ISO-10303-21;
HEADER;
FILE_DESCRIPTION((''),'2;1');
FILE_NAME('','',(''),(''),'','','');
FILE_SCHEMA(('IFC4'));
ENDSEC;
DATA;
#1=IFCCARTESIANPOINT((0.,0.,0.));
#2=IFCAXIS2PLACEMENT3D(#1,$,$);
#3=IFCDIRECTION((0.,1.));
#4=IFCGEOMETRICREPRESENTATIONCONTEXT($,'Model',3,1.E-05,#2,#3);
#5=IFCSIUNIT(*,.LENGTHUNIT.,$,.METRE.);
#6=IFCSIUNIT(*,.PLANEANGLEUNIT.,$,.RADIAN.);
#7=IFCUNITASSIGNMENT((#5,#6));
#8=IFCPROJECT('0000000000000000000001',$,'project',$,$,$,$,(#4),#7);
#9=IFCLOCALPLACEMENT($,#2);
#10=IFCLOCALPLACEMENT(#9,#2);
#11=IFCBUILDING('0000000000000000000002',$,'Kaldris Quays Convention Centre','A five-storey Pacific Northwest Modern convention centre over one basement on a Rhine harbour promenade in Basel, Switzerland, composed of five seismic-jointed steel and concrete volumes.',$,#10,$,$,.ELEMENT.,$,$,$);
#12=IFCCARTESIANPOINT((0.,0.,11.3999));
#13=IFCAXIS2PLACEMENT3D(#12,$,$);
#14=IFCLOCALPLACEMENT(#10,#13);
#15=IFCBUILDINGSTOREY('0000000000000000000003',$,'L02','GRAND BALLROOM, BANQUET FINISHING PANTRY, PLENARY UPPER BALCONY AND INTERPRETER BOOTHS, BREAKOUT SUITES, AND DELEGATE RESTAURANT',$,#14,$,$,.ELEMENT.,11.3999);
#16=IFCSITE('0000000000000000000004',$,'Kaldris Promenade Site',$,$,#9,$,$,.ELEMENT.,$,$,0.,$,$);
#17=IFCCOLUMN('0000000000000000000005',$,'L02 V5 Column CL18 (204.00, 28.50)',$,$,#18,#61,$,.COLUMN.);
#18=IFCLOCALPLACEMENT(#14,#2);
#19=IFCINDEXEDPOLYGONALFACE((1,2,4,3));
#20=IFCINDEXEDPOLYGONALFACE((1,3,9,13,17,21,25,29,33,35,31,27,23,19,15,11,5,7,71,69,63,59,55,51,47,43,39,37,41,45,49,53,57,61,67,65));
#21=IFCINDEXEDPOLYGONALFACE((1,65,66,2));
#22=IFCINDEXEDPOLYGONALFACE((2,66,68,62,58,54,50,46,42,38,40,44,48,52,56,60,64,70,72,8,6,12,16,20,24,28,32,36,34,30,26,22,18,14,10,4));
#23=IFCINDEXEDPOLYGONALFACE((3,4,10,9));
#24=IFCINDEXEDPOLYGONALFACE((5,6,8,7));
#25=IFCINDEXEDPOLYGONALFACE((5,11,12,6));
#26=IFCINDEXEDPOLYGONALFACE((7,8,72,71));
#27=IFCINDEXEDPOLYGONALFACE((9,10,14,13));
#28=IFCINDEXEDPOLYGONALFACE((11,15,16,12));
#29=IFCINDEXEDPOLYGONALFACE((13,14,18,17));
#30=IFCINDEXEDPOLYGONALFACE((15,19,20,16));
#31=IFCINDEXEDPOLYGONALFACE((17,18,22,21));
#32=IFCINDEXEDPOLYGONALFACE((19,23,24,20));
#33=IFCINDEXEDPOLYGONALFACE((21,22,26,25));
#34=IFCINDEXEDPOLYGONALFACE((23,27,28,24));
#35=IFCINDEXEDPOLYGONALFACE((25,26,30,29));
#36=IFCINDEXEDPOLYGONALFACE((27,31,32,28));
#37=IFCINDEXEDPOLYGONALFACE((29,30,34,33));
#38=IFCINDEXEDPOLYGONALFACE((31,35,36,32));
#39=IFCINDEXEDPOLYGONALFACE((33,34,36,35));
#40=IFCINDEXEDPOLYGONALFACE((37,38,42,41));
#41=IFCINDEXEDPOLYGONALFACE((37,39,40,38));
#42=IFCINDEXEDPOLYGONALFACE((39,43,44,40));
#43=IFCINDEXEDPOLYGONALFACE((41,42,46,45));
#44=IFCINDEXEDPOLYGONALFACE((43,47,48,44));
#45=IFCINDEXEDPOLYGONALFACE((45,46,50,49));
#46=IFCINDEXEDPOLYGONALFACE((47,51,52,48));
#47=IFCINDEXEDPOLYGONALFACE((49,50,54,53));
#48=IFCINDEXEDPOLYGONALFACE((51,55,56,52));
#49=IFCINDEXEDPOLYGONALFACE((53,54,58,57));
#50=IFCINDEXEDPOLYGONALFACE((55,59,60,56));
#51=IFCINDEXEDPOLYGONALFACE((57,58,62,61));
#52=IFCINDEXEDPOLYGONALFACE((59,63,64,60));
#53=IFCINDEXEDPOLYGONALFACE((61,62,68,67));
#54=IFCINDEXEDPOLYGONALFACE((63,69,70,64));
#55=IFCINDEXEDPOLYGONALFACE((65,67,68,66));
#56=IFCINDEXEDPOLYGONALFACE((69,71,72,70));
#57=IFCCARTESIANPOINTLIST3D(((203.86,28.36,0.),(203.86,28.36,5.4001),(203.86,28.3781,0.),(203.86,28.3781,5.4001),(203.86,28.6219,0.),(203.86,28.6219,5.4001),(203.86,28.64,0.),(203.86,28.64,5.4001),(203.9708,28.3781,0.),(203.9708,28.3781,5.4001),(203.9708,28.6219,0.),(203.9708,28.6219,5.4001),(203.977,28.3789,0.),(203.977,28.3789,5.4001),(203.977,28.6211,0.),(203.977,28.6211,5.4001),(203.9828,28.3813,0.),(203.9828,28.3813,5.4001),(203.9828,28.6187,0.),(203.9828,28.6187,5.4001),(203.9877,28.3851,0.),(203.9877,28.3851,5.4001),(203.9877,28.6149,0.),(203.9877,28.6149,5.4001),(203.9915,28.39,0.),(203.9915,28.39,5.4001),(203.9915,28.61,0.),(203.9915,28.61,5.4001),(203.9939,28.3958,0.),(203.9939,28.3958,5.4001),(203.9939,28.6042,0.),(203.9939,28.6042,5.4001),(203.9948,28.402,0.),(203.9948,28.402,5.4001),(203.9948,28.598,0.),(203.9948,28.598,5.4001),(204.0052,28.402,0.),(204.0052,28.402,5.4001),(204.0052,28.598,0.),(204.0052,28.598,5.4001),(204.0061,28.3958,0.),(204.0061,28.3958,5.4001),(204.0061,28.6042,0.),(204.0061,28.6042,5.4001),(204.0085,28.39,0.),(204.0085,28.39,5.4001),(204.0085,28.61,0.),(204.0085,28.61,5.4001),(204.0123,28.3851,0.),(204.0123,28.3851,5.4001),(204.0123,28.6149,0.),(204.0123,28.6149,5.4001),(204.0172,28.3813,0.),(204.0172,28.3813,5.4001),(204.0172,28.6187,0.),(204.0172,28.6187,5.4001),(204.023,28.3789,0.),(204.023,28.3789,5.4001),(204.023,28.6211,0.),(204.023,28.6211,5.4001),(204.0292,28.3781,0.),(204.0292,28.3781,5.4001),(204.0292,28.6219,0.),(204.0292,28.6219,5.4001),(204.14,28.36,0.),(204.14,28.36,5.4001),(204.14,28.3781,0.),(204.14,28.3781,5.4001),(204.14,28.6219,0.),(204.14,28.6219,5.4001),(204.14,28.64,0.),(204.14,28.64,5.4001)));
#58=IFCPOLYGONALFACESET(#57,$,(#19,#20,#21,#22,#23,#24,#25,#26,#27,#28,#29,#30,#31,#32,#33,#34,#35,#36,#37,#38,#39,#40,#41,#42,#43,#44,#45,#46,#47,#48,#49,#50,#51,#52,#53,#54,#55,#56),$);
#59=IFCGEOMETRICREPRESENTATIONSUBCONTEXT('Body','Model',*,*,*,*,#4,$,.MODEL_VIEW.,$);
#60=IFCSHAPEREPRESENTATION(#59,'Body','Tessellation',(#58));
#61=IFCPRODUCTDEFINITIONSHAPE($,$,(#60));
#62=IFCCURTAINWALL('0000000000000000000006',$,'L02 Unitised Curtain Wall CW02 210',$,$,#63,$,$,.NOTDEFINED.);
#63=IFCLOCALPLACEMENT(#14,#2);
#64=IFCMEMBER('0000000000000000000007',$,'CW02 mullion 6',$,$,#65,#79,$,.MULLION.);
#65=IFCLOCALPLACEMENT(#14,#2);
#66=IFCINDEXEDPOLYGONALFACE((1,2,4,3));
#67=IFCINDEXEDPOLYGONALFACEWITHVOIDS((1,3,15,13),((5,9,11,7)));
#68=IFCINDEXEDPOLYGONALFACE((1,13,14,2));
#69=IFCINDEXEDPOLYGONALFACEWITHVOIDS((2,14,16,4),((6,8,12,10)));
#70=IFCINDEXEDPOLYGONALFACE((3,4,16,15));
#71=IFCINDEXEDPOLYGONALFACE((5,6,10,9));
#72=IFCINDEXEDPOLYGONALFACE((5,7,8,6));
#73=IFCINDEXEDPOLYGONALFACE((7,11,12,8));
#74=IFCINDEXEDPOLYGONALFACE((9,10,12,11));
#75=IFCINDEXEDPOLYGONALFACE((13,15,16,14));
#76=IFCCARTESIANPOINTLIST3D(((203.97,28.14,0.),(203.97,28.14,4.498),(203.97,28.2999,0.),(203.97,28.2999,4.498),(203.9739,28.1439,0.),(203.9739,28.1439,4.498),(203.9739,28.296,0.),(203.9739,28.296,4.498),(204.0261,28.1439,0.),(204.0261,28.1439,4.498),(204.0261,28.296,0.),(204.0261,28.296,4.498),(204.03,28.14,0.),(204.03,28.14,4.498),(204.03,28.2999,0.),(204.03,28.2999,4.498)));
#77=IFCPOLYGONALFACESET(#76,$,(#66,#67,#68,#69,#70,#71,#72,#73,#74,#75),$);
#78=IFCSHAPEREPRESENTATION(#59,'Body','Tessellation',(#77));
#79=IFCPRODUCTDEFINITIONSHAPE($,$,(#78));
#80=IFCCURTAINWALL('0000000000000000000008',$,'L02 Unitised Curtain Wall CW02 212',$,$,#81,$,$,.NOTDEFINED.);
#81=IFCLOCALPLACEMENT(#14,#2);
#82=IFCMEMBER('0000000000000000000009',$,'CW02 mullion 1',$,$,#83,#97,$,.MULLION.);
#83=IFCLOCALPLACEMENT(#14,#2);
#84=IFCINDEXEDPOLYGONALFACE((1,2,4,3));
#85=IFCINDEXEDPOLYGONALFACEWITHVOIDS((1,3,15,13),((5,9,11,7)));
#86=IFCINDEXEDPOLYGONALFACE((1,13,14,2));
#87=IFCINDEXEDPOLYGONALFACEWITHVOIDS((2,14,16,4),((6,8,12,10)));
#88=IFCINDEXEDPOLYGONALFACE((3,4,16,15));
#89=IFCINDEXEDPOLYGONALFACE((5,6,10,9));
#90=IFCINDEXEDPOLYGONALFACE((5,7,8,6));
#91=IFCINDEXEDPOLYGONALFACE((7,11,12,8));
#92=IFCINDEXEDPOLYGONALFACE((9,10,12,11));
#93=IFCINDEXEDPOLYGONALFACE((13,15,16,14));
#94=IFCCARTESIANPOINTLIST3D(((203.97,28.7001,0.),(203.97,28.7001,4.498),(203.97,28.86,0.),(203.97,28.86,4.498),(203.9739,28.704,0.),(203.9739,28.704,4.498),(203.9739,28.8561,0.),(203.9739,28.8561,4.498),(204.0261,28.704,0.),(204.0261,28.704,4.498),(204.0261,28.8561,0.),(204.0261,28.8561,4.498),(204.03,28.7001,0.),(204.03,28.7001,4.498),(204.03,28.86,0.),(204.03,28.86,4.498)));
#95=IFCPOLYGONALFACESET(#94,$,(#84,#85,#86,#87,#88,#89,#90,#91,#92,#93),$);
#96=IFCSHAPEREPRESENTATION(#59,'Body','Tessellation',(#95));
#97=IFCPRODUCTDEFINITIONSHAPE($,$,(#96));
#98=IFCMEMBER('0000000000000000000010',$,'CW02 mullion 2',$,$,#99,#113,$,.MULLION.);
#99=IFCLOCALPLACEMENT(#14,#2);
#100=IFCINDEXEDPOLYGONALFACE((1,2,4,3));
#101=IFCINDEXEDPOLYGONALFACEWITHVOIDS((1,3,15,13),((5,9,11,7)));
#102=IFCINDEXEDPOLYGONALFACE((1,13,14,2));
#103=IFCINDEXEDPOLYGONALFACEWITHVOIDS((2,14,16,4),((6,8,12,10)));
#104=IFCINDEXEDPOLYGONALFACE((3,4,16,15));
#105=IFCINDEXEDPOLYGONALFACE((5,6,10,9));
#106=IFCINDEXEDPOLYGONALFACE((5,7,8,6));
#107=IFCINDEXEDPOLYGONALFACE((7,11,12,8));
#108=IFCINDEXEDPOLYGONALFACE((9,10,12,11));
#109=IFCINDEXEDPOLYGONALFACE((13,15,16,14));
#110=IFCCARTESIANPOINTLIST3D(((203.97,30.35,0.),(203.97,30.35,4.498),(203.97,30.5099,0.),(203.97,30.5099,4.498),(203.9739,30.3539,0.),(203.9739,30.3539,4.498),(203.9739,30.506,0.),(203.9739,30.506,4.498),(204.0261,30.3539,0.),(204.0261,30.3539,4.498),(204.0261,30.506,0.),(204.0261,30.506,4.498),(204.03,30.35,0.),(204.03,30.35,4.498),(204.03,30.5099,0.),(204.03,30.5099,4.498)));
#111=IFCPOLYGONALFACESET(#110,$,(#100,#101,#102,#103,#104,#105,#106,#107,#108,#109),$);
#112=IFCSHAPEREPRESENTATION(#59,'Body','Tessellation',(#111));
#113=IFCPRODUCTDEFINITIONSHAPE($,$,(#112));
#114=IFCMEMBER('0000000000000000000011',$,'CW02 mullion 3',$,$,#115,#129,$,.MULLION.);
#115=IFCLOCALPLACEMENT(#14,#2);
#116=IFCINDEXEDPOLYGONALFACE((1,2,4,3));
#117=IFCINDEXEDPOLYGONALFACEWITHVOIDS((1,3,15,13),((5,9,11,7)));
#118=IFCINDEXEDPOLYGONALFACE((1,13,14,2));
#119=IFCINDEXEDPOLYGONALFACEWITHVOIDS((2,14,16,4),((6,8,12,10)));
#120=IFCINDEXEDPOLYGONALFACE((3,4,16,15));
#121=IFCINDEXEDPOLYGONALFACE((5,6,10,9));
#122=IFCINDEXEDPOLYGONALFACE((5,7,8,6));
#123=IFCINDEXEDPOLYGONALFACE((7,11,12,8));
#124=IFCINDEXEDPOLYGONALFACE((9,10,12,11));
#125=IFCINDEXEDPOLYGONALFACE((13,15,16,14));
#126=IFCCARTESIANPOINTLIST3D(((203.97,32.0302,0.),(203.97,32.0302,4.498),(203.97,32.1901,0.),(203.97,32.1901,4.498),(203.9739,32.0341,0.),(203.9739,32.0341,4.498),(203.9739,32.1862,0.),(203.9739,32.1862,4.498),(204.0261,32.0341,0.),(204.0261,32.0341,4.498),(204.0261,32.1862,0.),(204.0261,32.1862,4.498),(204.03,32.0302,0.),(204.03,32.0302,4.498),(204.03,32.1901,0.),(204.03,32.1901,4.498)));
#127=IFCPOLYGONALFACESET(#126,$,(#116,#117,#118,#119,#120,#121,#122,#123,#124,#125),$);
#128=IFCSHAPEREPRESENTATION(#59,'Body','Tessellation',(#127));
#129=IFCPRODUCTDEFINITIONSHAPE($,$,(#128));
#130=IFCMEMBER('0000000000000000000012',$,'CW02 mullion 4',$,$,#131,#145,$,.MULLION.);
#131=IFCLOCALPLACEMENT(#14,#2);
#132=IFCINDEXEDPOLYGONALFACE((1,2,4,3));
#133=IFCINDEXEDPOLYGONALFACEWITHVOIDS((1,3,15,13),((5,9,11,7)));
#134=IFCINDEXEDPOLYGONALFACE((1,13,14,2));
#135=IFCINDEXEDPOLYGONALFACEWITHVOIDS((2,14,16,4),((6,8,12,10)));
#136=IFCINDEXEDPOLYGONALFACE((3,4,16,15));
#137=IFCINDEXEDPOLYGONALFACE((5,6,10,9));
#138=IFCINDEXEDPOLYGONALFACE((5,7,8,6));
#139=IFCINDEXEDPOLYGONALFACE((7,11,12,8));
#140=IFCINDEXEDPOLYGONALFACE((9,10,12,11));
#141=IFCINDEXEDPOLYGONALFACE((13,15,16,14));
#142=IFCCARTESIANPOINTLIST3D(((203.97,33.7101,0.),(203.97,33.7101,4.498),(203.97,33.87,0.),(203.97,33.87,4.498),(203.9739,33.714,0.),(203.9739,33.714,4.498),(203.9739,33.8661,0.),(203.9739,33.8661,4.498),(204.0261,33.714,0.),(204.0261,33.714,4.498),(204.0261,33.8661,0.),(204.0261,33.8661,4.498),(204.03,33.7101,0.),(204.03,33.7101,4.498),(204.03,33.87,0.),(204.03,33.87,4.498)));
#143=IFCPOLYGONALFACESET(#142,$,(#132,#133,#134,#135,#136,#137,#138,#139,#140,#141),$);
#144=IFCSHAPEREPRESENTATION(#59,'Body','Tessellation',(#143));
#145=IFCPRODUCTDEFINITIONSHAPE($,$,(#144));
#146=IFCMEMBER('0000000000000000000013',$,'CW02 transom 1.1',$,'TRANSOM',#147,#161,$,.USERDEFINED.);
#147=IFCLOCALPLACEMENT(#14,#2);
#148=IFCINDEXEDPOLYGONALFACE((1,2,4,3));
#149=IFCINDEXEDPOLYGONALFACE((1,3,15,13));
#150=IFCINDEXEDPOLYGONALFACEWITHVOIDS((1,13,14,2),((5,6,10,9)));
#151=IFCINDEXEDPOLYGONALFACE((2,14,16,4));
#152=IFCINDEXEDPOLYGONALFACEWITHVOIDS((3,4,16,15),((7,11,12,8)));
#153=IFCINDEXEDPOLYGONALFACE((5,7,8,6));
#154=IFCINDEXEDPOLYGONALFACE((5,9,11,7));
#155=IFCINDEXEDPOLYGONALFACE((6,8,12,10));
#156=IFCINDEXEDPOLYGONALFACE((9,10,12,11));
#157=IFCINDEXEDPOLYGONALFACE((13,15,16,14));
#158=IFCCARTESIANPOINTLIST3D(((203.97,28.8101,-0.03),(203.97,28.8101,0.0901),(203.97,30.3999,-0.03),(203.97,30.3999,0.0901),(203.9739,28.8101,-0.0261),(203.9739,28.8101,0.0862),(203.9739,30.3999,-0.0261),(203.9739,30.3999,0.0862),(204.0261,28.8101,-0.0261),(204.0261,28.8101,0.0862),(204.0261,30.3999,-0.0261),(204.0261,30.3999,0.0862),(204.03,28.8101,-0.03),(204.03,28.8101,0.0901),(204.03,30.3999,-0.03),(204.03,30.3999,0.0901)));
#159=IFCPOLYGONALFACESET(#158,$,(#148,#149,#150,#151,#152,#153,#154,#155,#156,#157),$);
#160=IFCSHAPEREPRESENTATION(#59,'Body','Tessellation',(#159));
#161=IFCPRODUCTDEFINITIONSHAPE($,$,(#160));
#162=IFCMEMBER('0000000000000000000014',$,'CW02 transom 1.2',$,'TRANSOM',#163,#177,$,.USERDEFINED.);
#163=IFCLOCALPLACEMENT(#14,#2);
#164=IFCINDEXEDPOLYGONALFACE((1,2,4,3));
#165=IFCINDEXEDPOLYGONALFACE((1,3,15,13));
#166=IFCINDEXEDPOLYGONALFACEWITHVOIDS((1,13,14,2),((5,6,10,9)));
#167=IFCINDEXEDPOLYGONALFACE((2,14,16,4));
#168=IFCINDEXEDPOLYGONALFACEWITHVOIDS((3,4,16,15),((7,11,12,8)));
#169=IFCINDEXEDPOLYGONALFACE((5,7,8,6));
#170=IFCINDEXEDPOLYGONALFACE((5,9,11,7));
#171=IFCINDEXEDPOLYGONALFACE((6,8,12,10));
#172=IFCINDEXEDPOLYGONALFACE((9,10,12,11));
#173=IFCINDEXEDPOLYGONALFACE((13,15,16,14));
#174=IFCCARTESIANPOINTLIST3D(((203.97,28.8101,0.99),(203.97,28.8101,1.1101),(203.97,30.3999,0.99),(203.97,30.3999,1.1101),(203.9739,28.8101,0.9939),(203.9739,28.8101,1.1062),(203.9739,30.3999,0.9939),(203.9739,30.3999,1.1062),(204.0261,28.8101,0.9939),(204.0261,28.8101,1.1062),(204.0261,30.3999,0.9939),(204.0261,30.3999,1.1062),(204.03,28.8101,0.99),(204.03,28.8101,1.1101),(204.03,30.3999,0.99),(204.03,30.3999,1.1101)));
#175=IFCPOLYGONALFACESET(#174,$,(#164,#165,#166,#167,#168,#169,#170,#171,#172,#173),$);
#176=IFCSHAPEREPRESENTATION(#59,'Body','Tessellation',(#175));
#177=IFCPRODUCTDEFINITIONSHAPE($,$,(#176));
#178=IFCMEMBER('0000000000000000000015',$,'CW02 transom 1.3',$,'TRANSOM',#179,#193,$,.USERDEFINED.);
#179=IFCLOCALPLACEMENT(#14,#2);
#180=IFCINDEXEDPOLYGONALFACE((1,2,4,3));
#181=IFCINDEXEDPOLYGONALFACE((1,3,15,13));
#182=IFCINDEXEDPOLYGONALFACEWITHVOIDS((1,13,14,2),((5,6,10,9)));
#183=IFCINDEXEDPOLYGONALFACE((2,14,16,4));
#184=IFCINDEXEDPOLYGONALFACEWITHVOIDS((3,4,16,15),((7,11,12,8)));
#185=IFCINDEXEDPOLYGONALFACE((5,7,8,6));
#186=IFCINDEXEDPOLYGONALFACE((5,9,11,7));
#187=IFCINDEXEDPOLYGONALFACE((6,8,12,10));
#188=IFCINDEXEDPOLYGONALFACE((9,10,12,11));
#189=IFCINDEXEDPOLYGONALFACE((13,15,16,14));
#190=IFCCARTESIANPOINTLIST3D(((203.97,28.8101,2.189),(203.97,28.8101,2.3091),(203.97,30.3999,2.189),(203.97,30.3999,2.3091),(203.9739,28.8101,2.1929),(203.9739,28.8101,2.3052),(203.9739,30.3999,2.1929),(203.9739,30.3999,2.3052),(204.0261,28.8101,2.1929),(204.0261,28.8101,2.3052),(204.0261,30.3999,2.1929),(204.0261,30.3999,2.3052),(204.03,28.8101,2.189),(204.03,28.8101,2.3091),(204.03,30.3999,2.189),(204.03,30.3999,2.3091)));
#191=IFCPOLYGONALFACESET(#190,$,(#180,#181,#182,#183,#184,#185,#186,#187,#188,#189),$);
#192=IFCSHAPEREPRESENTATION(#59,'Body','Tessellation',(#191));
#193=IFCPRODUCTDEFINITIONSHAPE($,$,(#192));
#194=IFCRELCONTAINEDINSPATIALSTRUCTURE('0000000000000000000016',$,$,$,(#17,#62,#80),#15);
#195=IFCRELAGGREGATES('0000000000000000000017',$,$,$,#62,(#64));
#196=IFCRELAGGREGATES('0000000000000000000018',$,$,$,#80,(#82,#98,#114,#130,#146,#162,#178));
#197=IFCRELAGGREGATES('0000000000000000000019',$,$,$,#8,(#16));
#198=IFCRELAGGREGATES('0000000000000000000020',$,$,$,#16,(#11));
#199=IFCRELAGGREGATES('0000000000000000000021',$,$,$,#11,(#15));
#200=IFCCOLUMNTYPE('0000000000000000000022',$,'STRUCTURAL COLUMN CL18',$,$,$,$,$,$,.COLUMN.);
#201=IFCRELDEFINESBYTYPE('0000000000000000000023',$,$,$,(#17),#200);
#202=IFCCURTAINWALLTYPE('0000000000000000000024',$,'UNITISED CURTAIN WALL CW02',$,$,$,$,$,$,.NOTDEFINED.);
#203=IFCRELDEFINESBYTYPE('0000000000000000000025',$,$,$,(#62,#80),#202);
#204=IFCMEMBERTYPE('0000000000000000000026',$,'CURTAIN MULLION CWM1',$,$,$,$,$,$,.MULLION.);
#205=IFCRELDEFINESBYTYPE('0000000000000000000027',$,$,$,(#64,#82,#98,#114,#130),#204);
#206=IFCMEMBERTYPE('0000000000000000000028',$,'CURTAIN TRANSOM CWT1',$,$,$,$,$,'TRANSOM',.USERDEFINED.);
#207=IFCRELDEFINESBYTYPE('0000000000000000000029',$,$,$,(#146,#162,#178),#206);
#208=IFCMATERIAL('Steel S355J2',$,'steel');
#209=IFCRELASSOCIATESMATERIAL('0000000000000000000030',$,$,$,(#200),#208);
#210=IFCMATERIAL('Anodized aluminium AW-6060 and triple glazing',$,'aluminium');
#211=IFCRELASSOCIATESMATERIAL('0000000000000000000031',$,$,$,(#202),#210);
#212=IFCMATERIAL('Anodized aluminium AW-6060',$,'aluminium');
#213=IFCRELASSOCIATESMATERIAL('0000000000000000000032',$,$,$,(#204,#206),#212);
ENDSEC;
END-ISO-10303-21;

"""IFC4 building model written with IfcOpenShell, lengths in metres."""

from ifc_helpers import new_model, si_unit, direction, frame, origin, origin_2d, place, context, subcontext, project, spatial, hollow_rectangle, i_section, extrude, material, material_profile, profile_set, type_object, element, aggregate, save


model = new_model("IFC4")

# Units and contexts
model_context = context("Model", 3, precision=1e-05, world=origin(), true_north=direction((0.0, 1.0)))
body_context = subcontext(model_context, "Body", "Model", "MODEL_VIEW")
ifc_project = project(units=[si_unit("LENGTHUNIT", "METRE"), si_unit("PLANEANGLEUNIT", "RADIAN")], contexts=[model_context])

# Site, building, storey
site_placement = place(None, origin())
site = spatial("IfcSite", under=ifc_project, at=site_placement, Name="Kaldris Promenade Site", CompositionType="ELEMENT", RefElevation=0.0)
building_placement = place(site_placement, origin())
building = spatial("IfcBuilding", under=site, at=building_placement, Name="Kaldris Quays Convention Centre", Description="A five-storey Pacific Northwest Modern convention centre over one basement on a Rhine harbour promenade in Basel, Switzerland, composed of five seismic-jointed steel and concrete volumes.", CompositionType="ELEMENT")
storey_placement = place(building_placement, frame((0.0, 0.0, 11.3999)))
storey = spatial("IfcBuildingStorey", under=building, at=storey_placement, Name="L02", Description="GRAND BALLROOM, BANQUET FINISHING PANTRY, PLENARY UPPER BALCONY AND INTERPRETER BOOTHS, BREAKOUT SUITES, AND DELEGATE RESTAURANT", CompositionType="ELEMENT", Elevation=11.3999)

# Column
ifc_material_1 = material(Name="Steel S355J2", Category="steel")
ifc_material_profile_1 = material_profile(ifc_material_1, i_section(OverallWidth=0.28, OverallDepth=0.28, WebThickness=0.0105, FlangeThickness=0.0181, FilletRadius=0.0239, at=origin_2d()), Name="HEB 280")
ifc_profile_set_1 = profile_set([ifc_material_profile_1], Name="Steel S355J2")
column_type = type_object("IfcColumnType", Name="STRUCTURAL COLUMN CL18", PredefinedType="COLUMN", material=ifc_profile_set_1)
column_placement = place(storey_placement, frame((204.0, 28.5, 0.0), z_axis=(0.0, 0.0, 1.0), x_axis=(1.0, 0.0, 0.0)))
element("IfcColumn", 1, at=column_placement, inside=storey, type_object=column_type, Name="L02 V5 Column CL18 (204.00, 28.50)", PredefinedType="COLUMN", context=body_context, shape_type="SweptSolid", body=[
    extrude(i_section(OverallWidth=0.28, OverallDepth=0.28, WebThickness=0.0105, FlangeThickness=0.0181, FilletRadius=0.0239, at=origin_2d()), origin(), (0.0, 0.0, 1.0), 5.4001),
])

# Curtain wall, member
ifc_material_2 = material(Name="Anodized aluminium AW-6060 and triple glazing", Category="aluminium")
curtain_wall_type = type_object("IfcCurtainWallType", Name="UNITISED CURTAIN WALL CW02", PredefinedType="NOTDEFINED", material=ifc_material_2)
curtain_wall_1_placement = place(storey_placement, origin())
curtain_wall_1 = element("IfcCurtainWall", 2, at=curtain_wall_1_placement, inside=storey, type_object=curtain_wall_type, Name="L02 Unitised Curtain Wall CW02 210", PredefinedType="NOTDEFINED")
ifc_material_3 = material(Name="Anodized aluminium AW-6060", Category="aluminium")
ifc_material_profile_2 = material_profile(ifc_material_3, hollow_rectangle(XDim=0.0601, YDim=0.1599, WallThickness=0.0039, at=origin_2d()), Name="RHS 160x60x4")
ifc_profile_set_2 = profile_set([ifc_material_profile_2], Name="Anodized aluminium AW-6060")
member_type_1 = type_object("IfcMemberType", Name="CURTAIN MULLION CWM1", PredefinedType="MULLION", material=ifc_profile_set_2)
member_1_placement = place(storey_placement, frame((204.0, 28.22, 0.0), z_axis=(0.0, 0.0, 1.0), x_axis=(-1.0, 0.0, 0.0)))
member_1 = element("IfcMember", 3, at=member_1_placement, type_object=member_type_1, Name="CW02 mullion 6", PredefinedType="MULLION", context=body_context, shape_type="SweptSolid", body=[
    extrude(hollow_rectangle(XDim=0.0601, YDim=0.1599, WallThickness=0.0039, at=origin_2d()), origin(), (0.0, 0.0, 1.0), 4.498),
])

# Curtain wall, members
curtain_wall_2_placement = place(storey_placement, origin())
curtain_wall_2 = element("IfcCurtainWall", 4, at=curtain_wall_2_placement, inside=storey, type_object=curtain_wall_type, Name="L02 Unitised Curtain Wall CW02 212", PredefinedType="NOTDEFINED")
member_2_placement = place(storey_placement, frame((204.0, 28.78, 0.0), z_axis=(0.0, 0.0, 1.0), x_axis=(-1.0, 0.0, 0.0)))
member_2 = element("IfcMember", 5, at=member_2_placement, type_object=member_type_1, Name="CW02 mullion 1", PredefinedType="MULLION", context=body_context, shape_type="SweptSolid", body=[
    extrude(hollow_rectangle(XDim=0.0601, YDim=0.1599, WallThickness=0.0039, at=origin_2d()), origin(), (0.0, 0.0, 1.0), 4.498),
])
member_3_placement = place(storey_placement, frame((204.0, 30.4299, 0.0), z_axis=(0.0, 0.0, 1.0), x_axis=(-1.0, 0.0, 0.0)))
member_3 = element("IfcMember", 6, at=member_3_placement, type_object=member_type_1, Name="CW02 mullion 2", PredefinedType="MULLION", context=body_context, shape_type="SweptSolid", body=[
    extrude(hollow_rectangle(XDim=0.0601, YDim=0.1599, WallThickness=0.0039, at=origin_2d()), origin(), (0.0, 0.0, 1.0), 4.498),
])
member_4_placement = place(storey_placement, frame((204.0, 32.1101, 0.0), z_axis=(0.0, 0.0, 1.0), x_axis=(-1.0, 0.0, 0.0)))
member_4 = element("IfcMember", 7, at=member_4_placement, type_object=member_type_1, Name="CW02 mullion 3", PredefinedType="MULLION", context=body_context, shape_type="SweptSolid", body=[
    extrude(hollow_rectangle(XDim=0.0601, YDim=0.1599, WallThickness=0.0039, at=origin_2d()), origin(), (0.0, 0.0, 1.0), 4.498),
])
member_5_placement = place(storey_placement, frame((204.0, 33.79, 0.0), z_axis=(0.0, 0.0, 1.0), x_axis=(-1.0, 0.0, 0.0)))
member_5 = element("IfcMember", 8, at=member_5_placement, type_object=member_type_1, Name="CW02 mullion 4", PredefinedType="MULLION", context=body_context, shape_type="SweptSolid", body=[
    extrude(hollow_rectangle(XDim=0.0601, YDim=0.1599, WallThickness=0.0039, at=origin_2d()), origin(), (0.0, 0.0, 1.0), 4.498),
])
ifc_material_profile_3 = material_profile(ifc_material_3, hollow_rectangle(XDim=0.0601, YDim=0.1201, WallThickness=0.0039, at=origin_2d()), Name="RHS 120x60x4")
ifc_profile_set_3 = profile_set([ifc_material_profile_3], Name="Anodized aluminium AW-6060")
member_type_2 = type_object("IfcMemberType", Name="CURTAIN TRANSOM CWT1", ElementType="TRANSOM", PredefinedType="USERDEFINED", material=ifc_profile_set_3)
member_6_placement = place(storey_placement, frame((204.0, 28.8101, 0.03), z_axis=(0.0, 1.0, 0.0), x_axis=(-1.0, 0.0, 0.0)))
member_6 = element("IfcMember", 9, at=member_6_placement, type_object=member_type_2, Name="CW02 transom 1.1", ObjectType="TRANSOM", PredefinedType="USERDEFINED", context=body_context, shape_type="SweptSolid", body=[
    extrude(hollow_rectangle(XDim=0.0601, YDim=0.1201, WallThickness=0.0039, at=origin_2d()), origin(), (0.0, 0.0, 1.0), 1.5898),
])
member_7_placement = place(storey_placement, frame((204.0, 28.8101, 1.05), z_axis=(0.0, 1.0, 0.0), x_axis=(-1.0, 0.0, 0.0)))
member_7 = element("IfcMember", 10, at=member_7_placement, type_object=member_type_2, Name="CW02 transom 1.2", ObjectType="TRANSOM", PredefinedType="USERDEFINED", context=body_context, shape_type="SweptSolid", body=[
    extrude(hollow_rectangle(XDim=0.0601, YDim=0.1201, WallThickness=0.0039, at=origin_2d()), origin(), (0.0, 0.0, 1.0), 1.5898),
])
member_8_placement = place(storey_placement, frame((204.0, 28.8101, 2.249), z_axis=(0.0, 1.0, 0.0), x_axis=(-1.0, 0.0, 0.0)))
member_8 = element("IfcMember", 11, at=member_8_placement, type_object=member_type_2, Name="CW02 transom 1.3", ObjectType="TRANSOM", PredefinedType="USERDEFINED", context=body_context, shape_type="SweptSolid", body=[
    extrude(hollow_rectangle(XDim=0.0601, YDim=0.1201, WallThickness=0.0039, at=origin_2d()), origin(), (0.0, 0.0, 1.0), 1.5898),
])

aggregate(curtain_wall_1, [member_1])
aggregate(curtain_wall_2, [member_2, member_3, member_4, member_5, member_6, member_7, member_8])

save(model, "model.ifc")
